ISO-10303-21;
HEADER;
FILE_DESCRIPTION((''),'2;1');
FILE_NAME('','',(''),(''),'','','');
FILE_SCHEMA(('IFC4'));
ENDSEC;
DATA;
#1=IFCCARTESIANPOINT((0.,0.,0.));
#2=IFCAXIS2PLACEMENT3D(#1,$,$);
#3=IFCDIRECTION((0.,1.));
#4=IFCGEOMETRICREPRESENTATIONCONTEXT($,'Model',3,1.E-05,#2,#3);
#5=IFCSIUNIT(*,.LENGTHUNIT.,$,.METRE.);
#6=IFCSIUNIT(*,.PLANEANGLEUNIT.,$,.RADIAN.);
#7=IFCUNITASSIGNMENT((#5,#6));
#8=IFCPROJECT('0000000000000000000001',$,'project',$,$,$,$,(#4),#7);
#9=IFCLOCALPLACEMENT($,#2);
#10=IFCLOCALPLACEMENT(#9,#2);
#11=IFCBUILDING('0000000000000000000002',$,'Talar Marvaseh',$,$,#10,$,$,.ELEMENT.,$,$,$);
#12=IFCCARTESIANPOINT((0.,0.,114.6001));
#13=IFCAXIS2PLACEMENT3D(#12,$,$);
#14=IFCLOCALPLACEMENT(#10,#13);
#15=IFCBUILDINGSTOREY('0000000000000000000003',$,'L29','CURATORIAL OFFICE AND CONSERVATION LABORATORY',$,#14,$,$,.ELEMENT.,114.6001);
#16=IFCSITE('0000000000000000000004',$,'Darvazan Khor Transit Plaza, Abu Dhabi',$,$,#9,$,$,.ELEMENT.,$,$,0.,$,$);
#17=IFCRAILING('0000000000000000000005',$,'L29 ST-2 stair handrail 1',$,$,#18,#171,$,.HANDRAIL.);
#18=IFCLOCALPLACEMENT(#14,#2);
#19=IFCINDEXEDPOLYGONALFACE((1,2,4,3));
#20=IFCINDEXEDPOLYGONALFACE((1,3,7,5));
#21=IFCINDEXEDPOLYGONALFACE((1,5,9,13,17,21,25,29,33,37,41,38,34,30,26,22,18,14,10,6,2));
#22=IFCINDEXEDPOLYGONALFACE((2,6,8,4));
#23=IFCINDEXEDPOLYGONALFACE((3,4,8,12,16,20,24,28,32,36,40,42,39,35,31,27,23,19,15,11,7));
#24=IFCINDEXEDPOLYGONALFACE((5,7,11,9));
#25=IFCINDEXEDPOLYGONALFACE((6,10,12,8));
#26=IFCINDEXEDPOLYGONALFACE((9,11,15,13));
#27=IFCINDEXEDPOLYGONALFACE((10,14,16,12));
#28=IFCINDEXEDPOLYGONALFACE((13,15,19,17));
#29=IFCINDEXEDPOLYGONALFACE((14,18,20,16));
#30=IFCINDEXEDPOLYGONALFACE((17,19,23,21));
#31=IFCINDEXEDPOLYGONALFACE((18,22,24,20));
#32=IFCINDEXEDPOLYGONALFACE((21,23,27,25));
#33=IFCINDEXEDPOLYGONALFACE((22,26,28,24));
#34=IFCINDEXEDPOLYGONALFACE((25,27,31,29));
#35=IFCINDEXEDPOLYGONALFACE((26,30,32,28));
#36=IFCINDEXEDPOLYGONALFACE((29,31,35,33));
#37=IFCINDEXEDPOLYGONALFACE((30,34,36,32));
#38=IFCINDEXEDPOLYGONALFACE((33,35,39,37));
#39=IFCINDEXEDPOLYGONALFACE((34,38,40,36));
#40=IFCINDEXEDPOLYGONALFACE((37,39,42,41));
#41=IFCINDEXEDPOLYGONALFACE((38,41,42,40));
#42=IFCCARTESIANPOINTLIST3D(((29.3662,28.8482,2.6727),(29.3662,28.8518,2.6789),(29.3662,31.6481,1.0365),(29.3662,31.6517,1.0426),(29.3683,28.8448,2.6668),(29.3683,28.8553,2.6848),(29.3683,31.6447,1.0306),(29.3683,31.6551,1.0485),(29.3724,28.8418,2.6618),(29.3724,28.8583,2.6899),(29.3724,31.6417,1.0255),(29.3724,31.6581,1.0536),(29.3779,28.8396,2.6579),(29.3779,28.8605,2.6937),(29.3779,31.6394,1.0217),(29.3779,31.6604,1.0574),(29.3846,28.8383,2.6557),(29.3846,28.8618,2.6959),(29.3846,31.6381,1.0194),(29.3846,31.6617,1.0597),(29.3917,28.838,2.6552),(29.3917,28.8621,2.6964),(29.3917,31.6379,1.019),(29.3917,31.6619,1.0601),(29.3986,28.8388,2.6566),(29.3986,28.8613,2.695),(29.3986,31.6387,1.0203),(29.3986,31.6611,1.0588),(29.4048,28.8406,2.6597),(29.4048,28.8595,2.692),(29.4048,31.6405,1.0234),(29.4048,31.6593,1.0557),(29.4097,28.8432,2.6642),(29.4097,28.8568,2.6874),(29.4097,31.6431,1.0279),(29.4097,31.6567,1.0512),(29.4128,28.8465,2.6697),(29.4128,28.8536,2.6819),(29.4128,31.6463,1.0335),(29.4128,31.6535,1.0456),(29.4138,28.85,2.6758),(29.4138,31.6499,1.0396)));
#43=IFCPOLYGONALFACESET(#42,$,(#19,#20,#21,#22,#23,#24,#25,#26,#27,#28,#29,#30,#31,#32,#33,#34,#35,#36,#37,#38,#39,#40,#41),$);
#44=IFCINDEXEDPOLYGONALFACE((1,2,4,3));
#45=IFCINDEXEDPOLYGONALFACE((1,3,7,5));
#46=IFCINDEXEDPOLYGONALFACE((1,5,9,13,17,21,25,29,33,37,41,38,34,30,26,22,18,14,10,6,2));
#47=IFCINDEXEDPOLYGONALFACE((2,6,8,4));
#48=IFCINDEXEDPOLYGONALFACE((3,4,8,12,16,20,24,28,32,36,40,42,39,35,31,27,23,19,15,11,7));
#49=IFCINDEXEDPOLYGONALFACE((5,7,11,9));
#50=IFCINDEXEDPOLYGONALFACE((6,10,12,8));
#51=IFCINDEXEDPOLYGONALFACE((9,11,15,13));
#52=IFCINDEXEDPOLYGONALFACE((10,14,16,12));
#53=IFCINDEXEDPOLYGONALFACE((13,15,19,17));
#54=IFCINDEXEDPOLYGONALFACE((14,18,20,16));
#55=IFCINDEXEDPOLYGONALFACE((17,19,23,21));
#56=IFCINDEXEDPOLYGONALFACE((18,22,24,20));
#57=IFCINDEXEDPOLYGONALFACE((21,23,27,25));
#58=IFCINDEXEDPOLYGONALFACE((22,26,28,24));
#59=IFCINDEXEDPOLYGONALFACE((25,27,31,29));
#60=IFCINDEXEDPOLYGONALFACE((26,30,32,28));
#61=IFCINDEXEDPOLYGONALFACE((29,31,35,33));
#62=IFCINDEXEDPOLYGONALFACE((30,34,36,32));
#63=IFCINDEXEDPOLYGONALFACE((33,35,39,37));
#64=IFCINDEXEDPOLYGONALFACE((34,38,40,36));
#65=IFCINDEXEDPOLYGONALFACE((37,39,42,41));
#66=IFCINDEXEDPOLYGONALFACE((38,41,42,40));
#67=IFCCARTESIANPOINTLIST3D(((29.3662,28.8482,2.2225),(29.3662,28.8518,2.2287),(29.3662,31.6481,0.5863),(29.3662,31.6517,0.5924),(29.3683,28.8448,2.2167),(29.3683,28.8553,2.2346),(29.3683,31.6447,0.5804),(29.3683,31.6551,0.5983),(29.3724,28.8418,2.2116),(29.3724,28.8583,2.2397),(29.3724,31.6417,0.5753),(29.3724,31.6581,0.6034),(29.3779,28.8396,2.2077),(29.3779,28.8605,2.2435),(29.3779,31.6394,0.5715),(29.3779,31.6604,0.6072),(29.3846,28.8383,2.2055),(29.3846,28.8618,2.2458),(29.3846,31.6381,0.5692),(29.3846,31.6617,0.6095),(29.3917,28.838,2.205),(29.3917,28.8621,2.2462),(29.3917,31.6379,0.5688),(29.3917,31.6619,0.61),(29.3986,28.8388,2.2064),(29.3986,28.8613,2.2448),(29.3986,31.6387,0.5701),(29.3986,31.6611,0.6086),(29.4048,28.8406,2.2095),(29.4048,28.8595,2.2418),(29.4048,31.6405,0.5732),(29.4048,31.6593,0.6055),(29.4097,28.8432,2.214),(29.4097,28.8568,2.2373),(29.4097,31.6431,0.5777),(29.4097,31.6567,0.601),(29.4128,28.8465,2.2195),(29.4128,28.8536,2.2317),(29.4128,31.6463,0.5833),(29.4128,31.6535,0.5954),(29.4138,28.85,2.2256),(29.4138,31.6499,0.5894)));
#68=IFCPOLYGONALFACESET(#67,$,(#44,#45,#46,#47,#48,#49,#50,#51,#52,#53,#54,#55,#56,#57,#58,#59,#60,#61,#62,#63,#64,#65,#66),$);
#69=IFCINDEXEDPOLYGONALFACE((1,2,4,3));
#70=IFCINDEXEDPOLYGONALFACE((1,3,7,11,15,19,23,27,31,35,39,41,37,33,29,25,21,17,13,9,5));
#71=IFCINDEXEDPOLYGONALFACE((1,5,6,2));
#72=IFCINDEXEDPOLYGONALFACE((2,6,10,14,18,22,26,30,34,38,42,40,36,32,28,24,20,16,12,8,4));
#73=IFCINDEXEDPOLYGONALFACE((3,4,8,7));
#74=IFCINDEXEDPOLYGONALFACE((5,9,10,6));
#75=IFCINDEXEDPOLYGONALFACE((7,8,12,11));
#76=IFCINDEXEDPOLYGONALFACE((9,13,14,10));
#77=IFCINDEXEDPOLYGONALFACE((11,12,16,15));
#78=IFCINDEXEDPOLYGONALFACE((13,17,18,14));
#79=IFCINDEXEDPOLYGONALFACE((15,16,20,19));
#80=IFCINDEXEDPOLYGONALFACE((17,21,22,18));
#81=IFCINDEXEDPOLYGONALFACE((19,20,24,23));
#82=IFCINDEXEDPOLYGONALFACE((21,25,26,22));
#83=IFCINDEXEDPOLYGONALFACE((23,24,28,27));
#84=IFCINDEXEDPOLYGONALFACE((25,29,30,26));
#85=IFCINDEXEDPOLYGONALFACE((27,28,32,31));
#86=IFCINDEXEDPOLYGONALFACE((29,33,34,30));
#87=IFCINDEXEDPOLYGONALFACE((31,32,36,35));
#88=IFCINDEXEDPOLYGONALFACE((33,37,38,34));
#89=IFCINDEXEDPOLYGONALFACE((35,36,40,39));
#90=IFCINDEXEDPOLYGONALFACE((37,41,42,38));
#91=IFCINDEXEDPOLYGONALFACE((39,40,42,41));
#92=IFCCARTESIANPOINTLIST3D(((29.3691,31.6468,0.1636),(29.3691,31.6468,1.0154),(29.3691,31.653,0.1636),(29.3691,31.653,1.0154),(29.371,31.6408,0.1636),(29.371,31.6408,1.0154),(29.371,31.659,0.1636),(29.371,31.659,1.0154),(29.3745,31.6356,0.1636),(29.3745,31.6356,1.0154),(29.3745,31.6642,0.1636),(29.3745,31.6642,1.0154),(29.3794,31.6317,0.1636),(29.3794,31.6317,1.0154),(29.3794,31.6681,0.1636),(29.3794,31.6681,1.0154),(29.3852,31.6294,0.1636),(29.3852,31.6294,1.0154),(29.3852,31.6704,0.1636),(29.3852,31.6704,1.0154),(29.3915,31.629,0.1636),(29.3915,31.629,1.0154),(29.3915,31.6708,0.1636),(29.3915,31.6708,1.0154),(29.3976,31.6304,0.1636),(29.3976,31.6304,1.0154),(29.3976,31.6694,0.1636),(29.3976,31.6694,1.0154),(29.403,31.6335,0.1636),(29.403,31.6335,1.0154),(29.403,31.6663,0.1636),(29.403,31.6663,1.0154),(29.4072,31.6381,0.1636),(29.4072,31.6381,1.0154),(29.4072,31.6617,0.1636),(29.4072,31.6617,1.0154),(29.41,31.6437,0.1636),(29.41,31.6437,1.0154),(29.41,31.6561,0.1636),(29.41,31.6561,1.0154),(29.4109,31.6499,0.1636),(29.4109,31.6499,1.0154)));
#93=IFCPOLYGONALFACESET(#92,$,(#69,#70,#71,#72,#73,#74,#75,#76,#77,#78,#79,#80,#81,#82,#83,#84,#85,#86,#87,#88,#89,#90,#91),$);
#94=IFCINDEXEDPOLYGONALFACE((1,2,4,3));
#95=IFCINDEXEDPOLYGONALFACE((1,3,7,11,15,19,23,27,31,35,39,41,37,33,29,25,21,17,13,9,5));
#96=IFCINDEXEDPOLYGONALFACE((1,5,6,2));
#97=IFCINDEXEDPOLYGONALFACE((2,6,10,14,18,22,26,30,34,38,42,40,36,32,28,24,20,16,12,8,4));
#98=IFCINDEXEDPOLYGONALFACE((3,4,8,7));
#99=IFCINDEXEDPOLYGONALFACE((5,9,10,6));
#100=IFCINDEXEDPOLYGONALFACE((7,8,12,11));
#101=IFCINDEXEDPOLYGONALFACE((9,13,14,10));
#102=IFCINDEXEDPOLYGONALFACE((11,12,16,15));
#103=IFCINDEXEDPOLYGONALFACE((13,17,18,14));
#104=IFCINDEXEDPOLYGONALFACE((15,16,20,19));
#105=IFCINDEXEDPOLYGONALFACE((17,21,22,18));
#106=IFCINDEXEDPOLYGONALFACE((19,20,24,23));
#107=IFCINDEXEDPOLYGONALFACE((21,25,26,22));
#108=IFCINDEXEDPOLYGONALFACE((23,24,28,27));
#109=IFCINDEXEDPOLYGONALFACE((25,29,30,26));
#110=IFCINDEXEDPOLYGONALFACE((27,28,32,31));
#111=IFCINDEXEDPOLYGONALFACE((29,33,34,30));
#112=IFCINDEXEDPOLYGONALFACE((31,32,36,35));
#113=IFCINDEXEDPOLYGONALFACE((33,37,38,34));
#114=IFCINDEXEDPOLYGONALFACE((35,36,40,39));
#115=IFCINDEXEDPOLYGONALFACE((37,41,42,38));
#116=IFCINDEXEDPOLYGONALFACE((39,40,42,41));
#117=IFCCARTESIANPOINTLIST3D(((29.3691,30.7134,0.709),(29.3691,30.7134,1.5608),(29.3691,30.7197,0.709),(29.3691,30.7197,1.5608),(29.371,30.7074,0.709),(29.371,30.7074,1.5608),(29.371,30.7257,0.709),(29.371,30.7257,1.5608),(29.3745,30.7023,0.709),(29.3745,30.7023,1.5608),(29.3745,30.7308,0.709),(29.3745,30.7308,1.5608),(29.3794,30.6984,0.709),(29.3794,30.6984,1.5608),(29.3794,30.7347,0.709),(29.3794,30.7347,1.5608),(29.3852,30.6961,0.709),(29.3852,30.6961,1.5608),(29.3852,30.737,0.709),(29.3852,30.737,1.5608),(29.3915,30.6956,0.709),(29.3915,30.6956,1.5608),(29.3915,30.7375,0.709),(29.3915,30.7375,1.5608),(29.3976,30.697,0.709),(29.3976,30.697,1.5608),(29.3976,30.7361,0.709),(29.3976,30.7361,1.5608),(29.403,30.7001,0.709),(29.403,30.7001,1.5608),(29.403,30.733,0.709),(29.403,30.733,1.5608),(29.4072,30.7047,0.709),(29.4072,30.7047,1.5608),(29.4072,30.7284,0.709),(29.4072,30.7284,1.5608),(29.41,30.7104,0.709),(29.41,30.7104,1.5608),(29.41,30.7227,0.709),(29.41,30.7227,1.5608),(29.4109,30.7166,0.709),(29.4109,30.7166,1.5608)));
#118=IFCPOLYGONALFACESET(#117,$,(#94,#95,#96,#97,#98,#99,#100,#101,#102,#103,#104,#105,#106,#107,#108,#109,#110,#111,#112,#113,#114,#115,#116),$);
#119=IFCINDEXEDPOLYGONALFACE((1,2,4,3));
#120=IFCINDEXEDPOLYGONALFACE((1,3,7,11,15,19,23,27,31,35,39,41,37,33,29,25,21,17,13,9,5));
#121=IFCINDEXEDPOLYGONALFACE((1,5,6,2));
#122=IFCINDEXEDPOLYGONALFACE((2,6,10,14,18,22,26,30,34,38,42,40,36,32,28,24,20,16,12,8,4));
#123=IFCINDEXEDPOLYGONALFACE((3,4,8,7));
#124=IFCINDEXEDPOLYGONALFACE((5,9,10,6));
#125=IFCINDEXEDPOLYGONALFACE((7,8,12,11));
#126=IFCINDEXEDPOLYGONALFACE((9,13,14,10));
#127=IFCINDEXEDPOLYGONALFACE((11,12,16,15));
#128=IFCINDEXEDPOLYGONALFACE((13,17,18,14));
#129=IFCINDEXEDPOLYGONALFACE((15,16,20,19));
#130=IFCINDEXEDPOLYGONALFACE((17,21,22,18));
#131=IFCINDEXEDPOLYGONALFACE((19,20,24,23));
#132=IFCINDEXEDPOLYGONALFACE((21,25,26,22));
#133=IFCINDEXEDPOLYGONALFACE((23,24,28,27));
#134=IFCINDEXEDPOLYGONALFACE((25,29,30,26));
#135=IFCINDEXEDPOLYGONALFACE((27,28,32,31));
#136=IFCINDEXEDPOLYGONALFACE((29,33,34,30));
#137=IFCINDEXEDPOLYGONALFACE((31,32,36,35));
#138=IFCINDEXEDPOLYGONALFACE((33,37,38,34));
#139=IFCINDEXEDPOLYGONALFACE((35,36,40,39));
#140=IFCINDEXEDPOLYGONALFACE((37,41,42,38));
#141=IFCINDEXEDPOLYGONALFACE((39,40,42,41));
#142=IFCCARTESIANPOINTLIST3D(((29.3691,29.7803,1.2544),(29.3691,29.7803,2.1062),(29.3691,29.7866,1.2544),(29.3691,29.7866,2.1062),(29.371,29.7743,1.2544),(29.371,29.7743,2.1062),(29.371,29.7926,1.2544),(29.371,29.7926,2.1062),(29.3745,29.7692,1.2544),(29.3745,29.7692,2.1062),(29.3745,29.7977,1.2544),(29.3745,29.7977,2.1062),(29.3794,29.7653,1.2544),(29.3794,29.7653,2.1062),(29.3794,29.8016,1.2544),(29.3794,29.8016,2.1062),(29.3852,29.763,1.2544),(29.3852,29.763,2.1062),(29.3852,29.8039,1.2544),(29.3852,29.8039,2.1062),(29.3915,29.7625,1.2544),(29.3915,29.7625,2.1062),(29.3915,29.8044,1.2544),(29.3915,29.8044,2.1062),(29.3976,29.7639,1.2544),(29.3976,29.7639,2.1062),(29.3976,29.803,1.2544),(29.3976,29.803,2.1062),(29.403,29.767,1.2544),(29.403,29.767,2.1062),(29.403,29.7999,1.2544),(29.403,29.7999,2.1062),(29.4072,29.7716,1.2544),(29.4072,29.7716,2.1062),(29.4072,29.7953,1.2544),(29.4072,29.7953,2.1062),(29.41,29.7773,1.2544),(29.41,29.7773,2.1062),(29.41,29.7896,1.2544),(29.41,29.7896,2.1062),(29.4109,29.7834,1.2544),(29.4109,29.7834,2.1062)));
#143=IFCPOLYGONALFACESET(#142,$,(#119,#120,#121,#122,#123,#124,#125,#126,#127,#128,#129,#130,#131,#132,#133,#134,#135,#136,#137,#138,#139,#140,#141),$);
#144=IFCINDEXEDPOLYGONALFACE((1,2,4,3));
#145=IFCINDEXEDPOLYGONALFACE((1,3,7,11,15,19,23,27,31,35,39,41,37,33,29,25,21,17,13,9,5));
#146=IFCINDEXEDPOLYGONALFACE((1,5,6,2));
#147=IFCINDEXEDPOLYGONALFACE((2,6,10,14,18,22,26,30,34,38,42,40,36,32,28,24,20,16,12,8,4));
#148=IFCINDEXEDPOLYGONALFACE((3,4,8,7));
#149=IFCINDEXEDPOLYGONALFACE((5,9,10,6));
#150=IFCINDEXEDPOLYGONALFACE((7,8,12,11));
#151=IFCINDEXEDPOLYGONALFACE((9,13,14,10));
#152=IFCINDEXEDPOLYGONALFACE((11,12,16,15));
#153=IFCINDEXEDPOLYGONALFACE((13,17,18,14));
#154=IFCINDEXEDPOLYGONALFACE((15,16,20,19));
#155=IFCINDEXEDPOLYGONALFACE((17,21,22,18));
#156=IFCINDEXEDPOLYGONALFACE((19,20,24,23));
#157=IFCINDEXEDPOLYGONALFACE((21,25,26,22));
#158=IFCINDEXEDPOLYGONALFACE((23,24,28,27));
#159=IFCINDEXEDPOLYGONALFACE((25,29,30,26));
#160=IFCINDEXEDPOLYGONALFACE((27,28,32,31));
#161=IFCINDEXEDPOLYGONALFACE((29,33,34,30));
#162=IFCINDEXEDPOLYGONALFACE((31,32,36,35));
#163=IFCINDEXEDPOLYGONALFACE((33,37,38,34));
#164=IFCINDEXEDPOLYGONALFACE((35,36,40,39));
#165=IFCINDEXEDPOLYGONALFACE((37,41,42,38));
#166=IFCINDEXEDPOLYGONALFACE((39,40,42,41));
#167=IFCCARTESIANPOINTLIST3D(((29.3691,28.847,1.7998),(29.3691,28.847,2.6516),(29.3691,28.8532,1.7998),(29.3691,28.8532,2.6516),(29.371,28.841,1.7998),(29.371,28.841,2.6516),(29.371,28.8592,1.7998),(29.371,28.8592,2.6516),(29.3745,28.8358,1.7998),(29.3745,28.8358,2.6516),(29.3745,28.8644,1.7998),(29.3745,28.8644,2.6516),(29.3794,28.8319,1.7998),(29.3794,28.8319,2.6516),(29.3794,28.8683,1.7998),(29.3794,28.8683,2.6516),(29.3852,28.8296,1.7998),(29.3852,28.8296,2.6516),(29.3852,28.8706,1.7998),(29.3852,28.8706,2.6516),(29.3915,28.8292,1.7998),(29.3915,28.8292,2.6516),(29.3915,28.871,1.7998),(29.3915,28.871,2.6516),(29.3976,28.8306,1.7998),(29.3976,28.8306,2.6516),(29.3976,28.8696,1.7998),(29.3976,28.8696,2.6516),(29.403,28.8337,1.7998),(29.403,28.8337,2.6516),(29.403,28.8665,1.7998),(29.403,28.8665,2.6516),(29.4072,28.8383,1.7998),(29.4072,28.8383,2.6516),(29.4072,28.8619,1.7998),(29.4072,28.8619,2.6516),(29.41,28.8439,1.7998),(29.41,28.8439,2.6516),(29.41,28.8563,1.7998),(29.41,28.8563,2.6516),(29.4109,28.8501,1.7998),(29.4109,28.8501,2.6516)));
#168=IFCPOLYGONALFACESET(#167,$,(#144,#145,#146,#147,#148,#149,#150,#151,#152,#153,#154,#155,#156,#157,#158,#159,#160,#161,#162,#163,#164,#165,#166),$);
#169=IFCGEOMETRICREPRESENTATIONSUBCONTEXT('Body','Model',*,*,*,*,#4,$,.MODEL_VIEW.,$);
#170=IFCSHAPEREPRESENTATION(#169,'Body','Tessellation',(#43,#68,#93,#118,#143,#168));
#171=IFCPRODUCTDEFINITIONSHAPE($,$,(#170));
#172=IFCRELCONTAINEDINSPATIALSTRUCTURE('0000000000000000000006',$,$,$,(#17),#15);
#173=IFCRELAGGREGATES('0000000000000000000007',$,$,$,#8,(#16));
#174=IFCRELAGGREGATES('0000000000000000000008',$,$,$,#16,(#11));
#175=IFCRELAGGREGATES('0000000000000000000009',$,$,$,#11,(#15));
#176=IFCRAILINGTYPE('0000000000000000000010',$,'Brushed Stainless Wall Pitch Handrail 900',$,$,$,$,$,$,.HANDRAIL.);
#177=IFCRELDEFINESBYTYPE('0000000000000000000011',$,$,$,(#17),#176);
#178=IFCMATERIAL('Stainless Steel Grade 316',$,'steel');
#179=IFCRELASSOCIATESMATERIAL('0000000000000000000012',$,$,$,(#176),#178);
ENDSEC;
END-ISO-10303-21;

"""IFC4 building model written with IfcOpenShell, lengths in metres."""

from ifc_helpers import new_model, si_unit, direction, frame, origin, origin_2d, place, context, subcontext, project, spatial, circle, extrude, material, type_object, element, save


model = new_model("IFC4")

# Units and contexts
model_context = context("Model", 3, precision=1e-05, world=origin(), true_north=direction((0.0, 1.0)))
body_context = subcontext(model_context, "Body", "Model", "MODEL_VIEW")
ifc_project = project(units=[si_unit("LENGTHUNIT", "METRE"), si_unit("PLANEANGLEUNIT", "RADIAN")], contexts=[model_context])

# Site, building, storey
site_placement = place(None, origin())
site = spatial("IfcSite", under=ifc_project, at=site_placement, Name="Darvazan Khor Transit Plaza, Abu Dhabi", CompositionType="ELEMENT", RefElevation=0.0)
building_placement = place(site_placement, origin())
building = spatial("IfcBuilding", under=site, at=building_placement, Name="Talar Marvaseh", CompositionType="ELEMENT")
storey_placement = place(building_placement, frame((0.0, 0.0, 114.6001)))
storey = spatial("IfcBuildingStorey", under=building, at=storey_placement, Name="L29", Description="CURATORIAL OFFICE AND CONSERVATION LABORATORY", CompositionType="ELEMENT", Elevation=114.6001)

# Shared definitions
ifc_material_1 = material(Name="Stainless Steel Grade 316", Category="steel")

# Railing
railing_type_1 = type_object("IfcRailingType", Name="Brushed Stainless Wall Pitch Handrail 900", PredefinedType="HANDRAIL", material=ifc_material_1)
railing_1_placement = place(storey_placement, frame((29.3899, 31.6499, 0.1636)))
element("IfcRailing", 1, at=railing_1_placement, inside=storey, type_object=railing_type_1, Name="L29 ST-2 stair handrail 1", PredefinedType="HANDRAIL", context=body_context, shape_type="SweptSolid", body=[
    extrude(circle(Radius=0.0239, at=origin_2d()), frame((0.0, 0.0, 0.876), z_axis=(0.0, -0.863374, 0.504564), x_axis=(1.0, 0.0, 0.0)), (0.0, 0.0, 1.0), 3.2429),
    extrude(circle(Radius=0.0239, at=origin_2d()), frame((0.0, 0.0, 0.4258), z_axis=(0.0, -0.863374, 0.504564), x_axis=(1.0, 0.0, 0.0)), (0.0, 0.0, 1.0), 3.2429),
    extrude(circle(Radius=0.021, at=origin_2d()), origin(), (0.0, 0.0, 1.0), 0.8518),
    extrude(circle(Radius=0.021, at=origin_2d()), frame((0.0, -0.9333, 0.5454)), (0.0, 0.0, 1.0), 0.8518),
    extrude(circle(Radius=0.021, at=origin_2d()), frame((0.0, -1.8665, 1.0908)), (0.0, 0.0, 1.0), 0.8518),
    extrude(circle(Radius=0.021, at=origin_2d()), frame((0.0, -2.7998, 1.6362)), (0.0, 0.0, 1.0), 0.8518),
])

save(model, "model.ifc")
